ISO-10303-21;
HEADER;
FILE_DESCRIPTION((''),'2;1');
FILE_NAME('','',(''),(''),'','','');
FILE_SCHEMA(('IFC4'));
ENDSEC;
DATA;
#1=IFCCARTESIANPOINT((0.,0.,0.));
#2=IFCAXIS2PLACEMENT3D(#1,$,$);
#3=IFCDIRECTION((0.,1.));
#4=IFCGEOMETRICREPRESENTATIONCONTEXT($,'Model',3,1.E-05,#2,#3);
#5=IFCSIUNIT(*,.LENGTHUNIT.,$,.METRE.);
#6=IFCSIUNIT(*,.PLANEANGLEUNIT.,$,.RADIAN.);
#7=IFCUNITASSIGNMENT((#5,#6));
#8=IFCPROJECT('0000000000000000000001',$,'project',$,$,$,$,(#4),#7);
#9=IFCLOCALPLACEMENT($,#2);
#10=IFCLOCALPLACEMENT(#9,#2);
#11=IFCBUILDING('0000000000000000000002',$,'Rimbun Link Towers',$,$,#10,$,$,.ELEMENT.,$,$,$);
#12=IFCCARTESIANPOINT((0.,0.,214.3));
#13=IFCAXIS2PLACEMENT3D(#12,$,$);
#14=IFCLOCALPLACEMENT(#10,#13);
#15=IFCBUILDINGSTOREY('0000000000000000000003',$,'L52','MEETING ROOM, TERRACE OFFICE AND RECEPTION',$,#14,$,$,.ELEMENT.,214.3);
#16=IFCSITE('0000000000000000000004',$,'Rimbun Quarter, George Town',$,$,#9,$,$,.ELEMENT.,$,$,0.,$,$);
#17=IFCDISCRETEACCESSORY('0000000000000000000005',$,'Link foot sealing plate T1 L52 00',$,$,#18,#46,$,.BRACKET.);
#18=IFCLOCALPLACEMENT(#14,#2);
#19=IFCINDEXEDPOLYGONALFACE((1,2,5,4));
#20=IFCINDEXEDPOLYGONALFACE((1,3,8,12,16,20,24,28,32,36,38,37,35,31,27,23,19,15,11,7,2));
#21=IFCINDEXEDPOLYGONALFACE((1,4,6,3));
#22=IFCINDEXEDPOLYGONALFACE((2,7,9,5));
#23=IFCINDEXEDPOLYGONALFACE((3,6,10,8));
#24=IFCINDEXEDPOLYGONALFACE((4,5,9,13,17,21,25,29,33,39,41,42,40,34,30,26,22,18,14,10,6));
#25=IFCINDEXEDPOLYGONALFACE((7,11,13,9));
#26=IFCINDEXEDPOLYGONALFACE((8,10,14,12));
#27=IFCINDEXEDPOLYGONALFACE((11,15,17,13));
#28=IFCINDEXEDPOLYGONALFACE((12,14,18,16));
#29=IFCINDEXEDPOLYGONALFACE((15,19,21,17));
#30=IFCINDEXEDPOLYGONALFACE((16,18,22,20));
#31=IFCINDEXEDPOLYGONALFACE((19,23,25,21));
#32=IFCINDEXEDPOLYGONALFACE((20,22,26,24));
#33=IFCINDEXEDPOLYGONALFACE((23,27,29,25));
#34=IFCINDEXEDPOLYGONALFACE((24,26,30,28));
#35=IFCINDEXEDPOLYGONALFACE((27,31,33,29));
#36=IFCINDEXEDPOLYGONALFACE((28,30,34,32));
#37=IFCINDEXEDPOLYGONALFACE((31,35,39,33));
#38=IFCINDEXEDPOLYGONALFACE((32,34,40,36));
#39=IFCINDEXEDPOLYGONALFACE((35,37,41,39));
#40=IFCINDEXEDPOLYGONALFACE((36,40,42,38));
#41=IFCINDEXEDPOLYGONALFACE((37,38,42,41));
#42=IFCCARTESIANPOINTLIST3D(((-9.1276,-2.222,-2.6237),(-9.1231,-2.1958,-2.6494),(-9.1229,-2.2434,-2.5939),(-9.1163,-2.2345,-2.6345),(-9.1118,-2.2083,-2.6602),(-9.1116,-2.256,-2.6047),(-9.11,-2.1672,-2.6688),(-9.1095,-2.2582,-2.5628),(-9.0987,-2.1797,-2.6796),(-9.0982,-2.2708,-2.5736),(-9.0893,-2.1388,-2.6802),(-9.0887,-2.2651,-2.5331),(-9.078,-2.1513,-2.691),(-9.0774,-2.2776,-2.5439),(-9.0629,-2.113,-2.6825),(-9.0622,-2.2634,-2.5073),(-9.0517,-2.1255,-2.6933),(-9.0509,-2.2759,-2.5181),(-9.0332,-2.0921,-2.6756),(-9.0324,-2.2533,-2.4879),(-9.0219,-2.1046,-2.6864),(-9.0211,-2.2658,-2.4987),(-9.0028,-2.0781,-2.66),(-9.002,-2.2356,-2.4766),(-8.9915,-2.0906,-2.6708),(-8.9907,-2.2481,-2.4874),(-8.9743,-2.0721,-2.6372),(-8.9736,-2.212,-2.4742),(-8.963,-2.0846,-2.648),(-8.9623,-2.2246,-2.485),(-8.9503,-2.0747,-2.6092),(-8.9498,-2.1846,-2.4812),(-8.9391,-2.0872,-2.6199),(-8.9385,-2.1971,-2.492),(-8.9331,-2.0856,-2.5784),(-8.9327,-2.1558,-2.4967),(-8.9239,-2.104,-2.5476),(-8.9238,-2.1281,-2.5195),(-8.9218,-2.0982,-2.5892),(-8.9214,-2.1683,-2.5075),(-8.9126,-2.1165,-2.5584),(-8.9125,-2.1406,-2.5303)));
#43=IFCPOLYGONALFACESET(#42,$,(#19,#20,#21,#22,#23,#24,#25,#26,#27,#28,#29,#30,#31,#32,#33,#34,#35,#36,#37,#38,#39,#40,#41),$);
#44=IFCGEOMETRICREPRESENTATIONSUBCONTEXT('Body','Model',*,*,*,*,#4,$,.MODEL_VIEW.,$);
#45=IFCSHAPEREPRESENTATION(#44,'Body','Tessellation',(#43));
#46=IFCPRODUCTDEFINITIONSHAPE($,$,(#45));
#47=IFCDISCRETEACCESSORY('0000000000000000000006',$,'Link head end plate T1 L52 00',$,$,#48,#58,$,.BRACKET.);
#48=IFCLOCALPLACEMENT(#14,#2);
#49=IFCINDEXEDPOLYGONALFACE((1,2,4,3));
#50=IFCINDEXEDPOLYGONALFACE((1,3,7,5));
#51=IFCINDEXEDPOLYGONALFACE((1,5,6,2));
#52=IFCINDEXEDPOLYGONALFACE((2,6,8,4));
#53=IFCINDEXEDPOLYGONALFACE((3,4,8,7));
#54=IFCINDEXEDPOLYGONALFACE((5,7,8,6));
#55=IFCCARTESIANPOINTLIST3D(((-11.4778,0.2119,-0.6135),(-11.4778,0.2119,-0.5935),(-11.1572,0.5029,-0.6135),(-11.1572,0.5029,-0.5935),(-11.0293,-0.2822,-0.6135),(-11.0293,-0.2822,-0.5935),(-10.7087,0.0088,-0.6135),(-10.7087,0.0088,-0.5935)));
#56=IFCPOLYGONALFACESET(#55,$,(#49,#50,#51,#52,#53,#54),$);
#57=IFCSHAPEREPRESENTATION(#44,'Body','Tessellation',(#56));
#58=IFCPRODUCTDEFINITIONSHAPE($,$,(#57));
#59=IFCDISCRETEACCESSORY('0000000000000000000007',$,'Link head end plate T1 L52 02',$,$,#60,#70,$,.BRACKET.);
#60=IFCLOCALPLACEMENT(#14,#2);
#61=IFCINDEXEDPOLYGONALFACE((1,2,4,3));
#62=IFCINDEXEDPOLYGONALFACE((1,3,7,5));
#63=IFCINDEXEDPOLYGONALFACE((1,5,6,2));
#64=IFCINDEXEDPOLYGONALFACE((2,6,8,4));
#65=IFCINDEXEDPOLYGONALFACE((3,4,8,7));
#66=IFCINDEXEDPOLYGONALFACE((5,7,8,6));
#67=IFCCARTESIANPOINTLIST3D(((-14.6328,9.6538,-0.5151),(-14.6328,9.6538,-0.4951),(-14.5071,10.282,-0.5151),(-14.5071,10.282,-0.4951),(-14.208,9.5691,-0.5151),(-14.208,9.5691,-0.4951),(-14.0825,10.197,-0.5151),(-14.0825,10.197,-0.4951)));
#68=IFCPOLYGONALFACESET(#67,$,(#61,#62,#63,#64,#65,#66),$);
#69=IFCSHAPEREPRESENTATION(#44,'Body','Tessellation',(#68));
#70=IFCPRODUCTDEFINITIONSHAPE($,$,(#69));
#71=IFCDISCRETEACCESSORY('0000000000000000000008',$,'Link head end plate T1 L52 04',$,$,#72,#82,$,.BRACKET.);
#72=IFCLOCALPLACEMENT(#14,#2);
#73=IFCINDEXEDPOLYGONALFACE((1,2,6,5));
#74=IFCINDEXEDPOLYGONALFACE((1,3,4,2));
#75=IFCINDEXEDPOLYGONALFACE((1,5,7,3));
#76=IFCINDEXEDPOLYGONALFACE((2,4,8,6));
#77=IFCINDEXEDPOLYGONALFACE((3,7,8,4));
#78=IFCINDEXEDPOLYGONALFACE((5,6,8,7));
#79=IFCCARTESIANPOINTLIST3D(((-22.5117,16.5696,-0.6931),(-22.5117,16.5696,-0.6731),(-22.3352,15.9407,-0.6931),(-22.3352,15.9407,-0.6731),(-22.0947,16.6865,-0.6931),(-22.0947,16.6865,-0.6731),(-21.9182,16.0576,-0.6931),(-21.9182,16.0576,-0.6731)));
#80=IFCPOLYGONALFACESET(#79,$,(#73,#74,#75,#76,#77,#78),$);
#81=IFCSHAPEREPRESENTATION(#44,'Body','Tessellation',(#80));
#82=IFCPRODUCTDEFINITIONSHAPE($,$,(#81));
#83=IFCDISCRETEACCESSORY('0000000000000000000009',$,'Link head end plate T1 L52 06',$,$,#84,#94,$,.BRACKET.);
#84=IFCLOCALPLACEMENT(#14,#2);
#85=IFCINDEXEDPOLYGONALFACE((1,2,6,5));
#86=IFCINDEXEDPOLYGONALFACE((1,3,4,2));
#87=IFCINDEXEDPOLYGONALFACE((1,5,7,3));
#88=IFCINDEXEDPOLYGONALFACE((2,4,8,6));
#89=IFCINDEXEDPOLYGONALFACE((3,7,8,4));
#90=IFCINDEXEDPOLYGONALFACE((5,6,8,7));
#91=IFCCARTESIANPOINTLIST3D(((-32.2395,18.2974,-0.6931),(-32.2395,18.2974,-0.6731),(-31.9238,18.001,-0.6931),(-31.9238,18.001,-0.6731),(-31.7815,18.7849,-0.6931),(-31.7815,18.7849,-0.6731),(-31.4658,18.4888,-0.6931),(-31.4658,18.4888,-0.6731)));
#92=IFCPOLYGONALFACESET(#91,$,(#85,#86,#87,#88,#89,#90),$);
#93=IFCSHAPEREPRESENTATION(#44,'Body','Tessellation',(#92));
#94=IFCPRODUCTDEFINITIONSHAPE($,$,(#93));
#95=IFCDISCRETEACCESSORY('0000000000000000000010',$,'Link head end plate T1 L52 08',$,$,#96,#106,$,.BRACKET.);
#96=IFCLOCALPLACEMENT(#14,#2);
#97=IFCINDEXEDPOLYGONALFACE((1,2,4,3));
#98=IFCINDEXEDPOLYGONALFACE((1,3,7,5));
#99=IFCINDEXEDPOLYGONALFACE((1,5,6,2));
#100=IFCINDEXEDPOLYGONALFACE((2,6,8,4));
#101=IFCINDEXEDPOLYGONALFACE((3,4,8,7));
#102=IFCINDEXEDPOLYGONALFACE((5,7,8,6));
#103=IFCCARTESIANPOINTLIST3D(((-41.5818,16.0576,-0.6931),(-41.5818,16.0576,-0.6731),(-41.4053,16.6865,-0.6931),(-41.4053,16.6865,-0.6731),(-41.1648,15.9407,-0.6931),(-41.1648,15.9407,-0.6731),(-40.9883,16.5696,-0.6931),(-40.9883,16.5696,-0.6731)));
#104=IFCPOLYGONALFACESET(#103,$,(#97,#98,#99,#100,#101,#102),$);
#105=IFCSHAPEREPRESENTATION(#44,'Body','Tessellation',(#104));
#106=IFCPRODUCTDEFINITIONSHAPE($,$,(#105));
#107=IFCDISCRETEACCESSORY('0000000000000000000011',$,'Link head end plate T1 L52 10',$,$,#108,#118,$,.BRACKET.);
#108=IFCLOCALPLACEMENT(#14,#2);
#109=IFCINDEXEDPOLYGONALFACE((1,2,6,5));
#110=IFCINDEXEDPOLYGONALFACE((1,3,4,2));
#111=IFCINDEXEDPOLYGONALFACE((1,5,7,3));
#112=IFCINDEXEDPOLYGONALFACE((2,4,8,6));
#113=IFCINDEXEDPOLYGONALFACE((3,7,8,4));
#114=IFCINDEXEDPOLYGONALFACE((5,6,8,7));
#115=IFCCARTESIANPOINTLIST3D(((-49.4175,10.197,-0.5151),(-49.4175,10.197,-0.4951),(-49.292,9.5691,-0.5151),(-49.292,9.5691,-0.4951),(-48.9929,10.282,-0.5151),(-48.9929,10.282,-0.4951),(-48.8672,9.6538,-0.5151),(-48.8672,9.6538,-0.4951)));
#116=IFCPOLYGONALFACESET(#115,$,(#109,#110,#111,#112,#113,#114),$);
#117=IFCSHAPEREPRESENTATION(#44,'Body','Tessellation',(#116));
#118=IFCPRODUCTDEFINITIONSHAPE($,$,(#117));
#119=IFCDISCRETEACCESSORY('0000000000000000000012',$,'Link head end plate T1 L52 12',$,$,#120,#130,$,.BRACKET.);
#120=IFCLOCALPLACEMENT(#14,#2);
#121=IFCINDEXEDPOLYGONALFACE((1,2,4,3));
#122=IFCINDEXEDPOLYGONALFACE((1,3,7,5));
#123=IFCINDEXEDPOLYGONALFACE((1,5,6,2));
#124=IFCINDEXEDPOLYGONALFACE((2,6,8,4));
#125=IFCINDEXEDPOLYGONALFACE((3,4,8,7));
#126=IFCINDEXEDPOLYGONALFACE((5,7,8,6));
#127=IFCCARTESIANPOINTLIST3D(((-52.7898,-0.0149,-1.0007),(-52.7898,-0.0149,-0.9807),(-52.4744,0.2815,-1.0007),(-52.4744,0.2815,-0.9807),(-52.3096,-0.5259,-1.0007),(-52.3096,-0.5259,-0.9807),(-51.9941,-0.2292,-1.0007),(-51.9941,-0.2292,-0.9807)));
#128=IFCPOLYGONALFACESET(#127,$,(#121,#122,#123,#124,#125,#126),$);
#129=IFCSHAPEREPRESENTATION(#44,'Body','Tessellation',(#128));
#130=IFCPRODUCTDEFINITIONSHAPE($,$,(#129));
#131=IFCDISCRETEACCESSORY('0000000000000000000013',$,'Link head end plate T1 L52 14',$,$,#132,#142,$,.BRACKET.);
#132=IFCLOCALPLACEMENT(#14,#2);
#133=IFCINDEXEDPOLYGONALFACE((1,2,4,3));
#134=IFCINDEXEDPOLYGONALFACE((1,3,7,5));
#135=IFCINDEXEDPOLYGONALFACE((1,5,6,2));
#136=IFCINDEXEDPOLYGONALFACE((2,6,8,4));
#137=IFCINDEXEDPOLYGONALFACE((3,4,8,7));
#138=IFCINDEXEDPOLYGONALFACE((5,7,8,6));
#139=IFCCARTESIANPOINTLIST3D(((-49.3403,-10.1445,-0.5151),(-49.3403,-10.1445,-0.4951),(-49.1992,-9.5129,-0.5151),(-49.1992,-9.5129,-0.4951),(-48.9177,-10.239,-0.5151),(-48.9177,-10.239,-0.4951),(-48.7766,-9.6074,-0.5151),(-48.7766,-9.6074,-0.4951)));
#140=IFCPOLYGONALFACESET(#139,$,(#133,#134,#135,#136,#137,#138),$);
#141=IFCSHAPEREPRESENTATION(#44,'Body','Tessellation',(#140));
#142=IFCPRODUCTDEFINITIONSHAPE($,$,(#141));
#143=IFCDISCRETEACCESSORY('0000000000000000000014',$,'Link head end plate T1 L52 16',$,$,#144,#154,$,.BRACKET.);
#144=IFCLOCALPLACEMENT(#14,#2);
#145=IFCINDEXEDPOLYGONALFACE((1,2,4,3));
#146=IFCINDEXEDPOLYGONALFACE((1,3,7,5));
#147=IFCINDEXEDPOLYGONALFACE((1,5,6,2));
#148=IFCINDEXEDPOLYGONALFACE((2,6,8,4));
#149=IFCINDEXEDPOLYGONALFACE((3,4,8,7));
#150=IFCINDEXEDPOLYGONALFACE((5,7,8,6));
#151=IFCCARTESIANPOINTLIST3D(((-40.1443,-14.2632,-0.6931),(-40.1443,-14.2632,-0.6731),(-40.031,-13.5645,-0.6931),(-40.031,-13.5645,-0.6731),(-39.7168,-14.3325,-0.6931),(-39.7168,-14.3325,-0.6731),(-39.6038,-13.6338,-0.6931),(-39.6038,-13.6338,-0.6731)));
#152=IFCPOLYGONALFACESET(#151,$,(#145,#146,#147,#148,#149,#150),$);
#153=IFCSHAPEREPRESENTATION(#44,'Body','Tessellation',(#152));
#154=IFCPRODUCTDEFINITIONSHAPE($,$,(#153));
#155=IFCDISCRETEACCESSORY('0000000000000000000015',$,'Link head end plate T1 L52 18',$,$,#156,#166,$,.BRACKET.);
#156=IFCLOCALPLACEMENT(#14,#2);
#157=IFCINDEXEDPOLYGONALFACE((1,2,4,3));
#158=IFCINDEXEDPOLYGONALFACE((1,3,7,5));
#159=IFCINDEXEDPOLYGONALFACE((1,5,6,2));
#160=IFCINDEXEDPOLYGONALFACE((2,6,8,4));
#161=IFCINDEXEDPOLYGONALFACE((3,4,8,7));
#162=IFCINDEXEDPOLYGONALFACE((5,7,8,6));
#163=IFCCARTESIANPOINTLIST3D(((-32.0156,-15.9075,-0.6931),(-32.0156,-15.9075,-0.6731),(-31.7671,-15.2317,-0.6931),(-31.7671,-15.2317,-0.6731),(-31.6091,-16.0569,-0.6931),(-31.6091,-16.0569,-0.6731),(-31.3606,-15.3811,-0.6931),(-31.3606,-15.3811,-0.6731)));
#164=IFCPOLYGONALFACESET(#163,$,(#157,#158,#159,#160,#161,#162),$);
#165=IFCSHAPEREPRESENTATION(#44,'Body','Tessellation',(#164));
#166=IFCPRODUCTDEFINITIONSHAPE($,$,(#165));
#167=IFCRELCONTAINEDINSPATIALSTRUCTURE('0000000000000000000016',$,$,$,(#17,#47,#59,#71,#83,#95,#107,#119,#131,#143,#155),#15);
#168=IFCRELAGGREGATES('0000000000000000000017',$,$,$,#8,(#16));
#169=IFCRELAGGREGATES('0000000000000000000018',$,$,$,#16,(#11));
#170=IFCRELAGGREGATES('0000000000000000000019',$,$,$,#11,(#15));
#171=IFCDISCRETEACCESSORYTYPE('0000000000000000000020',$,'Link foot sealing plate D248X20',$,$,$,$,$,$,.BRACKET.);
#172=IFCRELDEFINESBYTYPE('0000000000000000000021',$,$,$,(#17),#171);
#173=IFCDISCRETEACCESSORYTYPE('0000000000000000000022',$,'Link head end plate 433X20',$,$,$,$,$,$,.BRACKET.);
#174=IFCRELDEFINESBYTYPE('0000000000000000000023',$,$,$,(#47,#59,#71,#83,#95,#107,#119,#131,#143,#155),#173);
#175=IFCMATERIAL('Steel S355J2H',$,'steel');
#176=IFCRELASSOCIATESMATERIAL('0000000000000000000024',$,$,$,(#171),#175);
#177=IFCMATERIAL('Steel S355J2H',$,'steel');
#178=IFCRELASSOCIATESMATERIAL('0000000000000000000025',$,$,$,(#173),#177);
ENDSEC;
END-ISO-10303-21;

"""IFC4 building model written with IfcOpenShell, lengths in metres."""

from ifc_helpers import new_model, si_unit, direction, frame, origin, origin_2d, place, context, subcontext, project, spatial, polyline, rectangle, circle, outline, extrude, material, material_profile, profile_set, type_object, element, save


model = new_model("IFC4")

# Units and contexts
model_context = context("Model", 3, precision=1e-05, world=origin(), true_north=direction((0.0, 1.0)))
body_context = subcontext(model_context, "Body", "Model", "MODEL_VIEW")
ifc_project = project(units=[si_unit("LENGTHUNIT", "METRE"), si_unit("PLANEANGLEUNIT", "RADIAN")], contexts=[model_context])

# Site, building, storey
site_placement = place(None, origin())
site = spatial("IfcSite", under=ifc_project, at=site_placement, Name="Rimbun Quarter, George Town", CompositionType="ELEMENT", RefElevation=0.0)
building_placement = place(site_placement, origin())
building = spatial("IfcBuilding", under=site, at=building_placement, Name="Rimbun Link Towers", CompositionType="ELEMENT")
storey_placement = place(building_placement, frame((0.0, 0.0, 214.3)))
storey = spatial("IfcBuildingStorey", under=building, at=storey_placement, Name="L52", Description="MEETING ROOM, TERRACE OFFICE AND RECEPTION", CompositionType="ELEMENT", Elevation=214.3)

# Discrete accessories
ifc_material_1 = material(Name="Steel S355J2H", Category="steel")
ifc_material_profile_1 = material_profile(ifc_material_1, circle(Radius=0.124, at=origin_2d()), Name="PL D248")
ifc_profile_set_1 = profile_set([ifc_material_profile_1], Name="Steel S355J2H")
discrete_accessory_type_1 = type_object("IfcDiscreteAccessoryType", Name="Link foot sealing plate D248X20", PredefinedType="BRACKET", material=ifc_profile_set_1)
discrete_accessory_1_placement = place(storey_placement, frame((-9.0251, -2.1687, -2.5784), z_axis=(0.563961, -0.625261, -0.539441), x_axis=(0.74257, 0.669769, 0.0)))
element("IfcDiscreteAccessory", 1, at=discrete_accessory_1_placement, inside=storey, type_object=discrete_accessory_type_1, Name="Link foot sealing plate T1 L52 00", PredefinedType="BRACKET", context=body_context, shape_type="SweptSolid", body=[
    extrude(circle(Radius=0.124, at=origin_2d()), origin(), (0.0, 0.0, 1.0), 0.02),
])
ifc_material_2 = material(Name="Steel S355J2H", Category="steel")
ifc_material_profile_2 = material_profile(ifc_material_2, rectangle(XDim=0.4331, YDim=0.4331, at=origin_2d()), Name="PL 433x433")
ifc_profile_set_2 = profile_set([ifc_material_profile_2], Name="Steel S355J2H")
discrete_accessory_type_2 = type_object("IfcDiscreteAccessoryType", Name="Link head end plate 433X20", PredefinedType="BRACKET", material=ifc_profile_set_2)
discrete_accessory_2_placement = place(storey_placement, frame((0.0, 0.0, -0.6135)))
element("IfcDiscreteAccessory", 2, at=discrete_accessory_2_placement, inside=storey, type_object=discrete_accessory_type_2, Name="Link head end plate T1 L52 00", PredefinedType="BRACKET", context=body_context, shape_type="SweptSolid", body=[
    extrude(outline(polyline([(-11.4778, 0.2119), (-11.0293, -0.2822), (-10.7087, 0.0088), (-11.1572, 0.5029), (-11.4778, 0.2119)])), origin(), (0.0, 0.0, 1.0), 0.02),
])
discrete_accessory_3_placement = place(storey_placement, frame((0.0, 0.0, -0.5151)))
element("IfcDiscreteAccessory", 3, at=discrete_accessory_3_placement, inside=storey, type_object=discrete_accessory_type_2, Name="Link head end plate T1 L52 02", PredefinedType="BRACKET", context=body_context, shape_type="SweptSolid", body=[
    extrude(outline(polyline([(-14.208, 9.5691), (-14.0825, 10.197), (-14.5071, 10.282), (-14.6328, 9.6538), (-14.208, 9.5691)])), origin(), (0.0, 0.0, 1.0), 0.02),
])
discrete_accessory_4_placement = place(storey_placement, frame((0.0, 0.0, -0.6931)))
element("IfcDiscreteAccessory", 4, at=discrete_accessory_4_placement, inside=storey, type_object=discrete_accessory_type_2, Name="Link head end plate T1 L52 04", PredefinedType="BRACKET", context=body_context, shape_type="SweptSolid", body=[
    extrude(outline(polyline([(-21.9182, 16.0576), (-22.0947, 16.6865), (-22.5117, 16.5696), (-22.3352, 15.9407), (-21.9182, 16.0576)])), origin(), (0.0, 0.0, 1.0), 0.02),
])
discrete_accessory_5_placement = place(storey_placement, frame((0.0, 0.0, -0.6931)))
element("IfcDiscreteAccessory", 5, at=discrete_accessory_5_placement, inside=storey, type_object=discrete_accessory_type_2, Name="Link head end plate T1 L52 06", PredefinedType="BRACKET", context=body_context, shape_type="SweptSolid", body=[
    extrude(outline(polyline([(-31.9238, 18.001), (-31.4658, 18.4888), (-31.7815, 18.7849), (-32.2395, 18.2974), (-31.9238, 18.001)])), origin(), (0.0, 0.0, 1.0), 0.02),
])
discrete_accessory_6_placement = place(storey_placement, frame((0.0, 0.0, -0.6931)))
element("IfcDiscreteAccessory", 6, at=discrete_accessory_6_placement, inside=storey, type_object=discrete_accessory_type_2, Name="Link head end plate T1 L52 08", PredefinedType="BRACKET", context=body_context, shape_type="SweptSolid", body=[
    extrude(outline(polyline([(-41.1648, 15.9407), (-40.9883, 16.5696), (-41.4053, 16.6865), (-41.5818, 16.0576), (-41.1648, 15.9407)])), origin(), (0.0, 0.0, 1.0), 0.02),
])
discrete_accessory_7_placement = place(storey_placement, frame((0.0, 0.0, -0.5151)))
element("IfcDiscreteAccessory", 7, at=discrete_accessory_7_placement, inside=storey, type_object=discrete_accessory_type_2, Name="Link head end plate T1 L52 10", PredefinedType="BRACKET", context=body_context, shape_type="SweptSolid", body=[
    extrude(outline(polyline([(-48.8672, 9.6538), (-48.9929, 10.282), (-49.4175, 10.197), (-49.292, 9.5691), (-48.8672, 9.6538)])), origin(), (0.0, 0.0, 1.0), 0.02),
])
discrete_accessory_8_placement = place(storey_placement, frame((0.0, 0.0, -1.0007)))
element("IfcDiscreteAccessory", 8, at=discrete_accessory_8_placement, inside=storey, type_object=discrete_accessory_type_2, Name="Link head end plate T1 L52 12", PredefinedType="BRACKET", context=body_context, shape_type="SweptSolid", body=[
    extrude(outline(polyline([(-51.9941, -0.2292), (-52.4744, 0.2815), (-52.7898, -0.0149), (-52.3096, -0.5259), (-51.9941, -0.2292)])), origin(), (0.0, 0.0, 1.0), 0.02),
])
discrete_accessory_9_placement = place(storey_placement, frame((0.0, 0.0, -0.5151)))
element("IfcDiscreteAccessory", 9, at=discrete_accessory_9_placement, inside=storey, type_object=discrete_accessory_type_2, Name="Link head end plate T1 L52 14", PredefinedType="BRACKET", context=body_context, shape_type="SweptSolid", body=[
    extrude(outline(polyline([(-49.1992, -9.5129), (-49.3403, -10.1445), (-48.9177, -10.239), (-48.7766, -9.6074), (-49.1992, -9.5129)])), origin(), (0.0, 0.0, 1.0), 0.02),
])
discrete_accessory_10_placement = place(storey_placement, frame((0.0, 0.0, -0.6931)))
element("IfcDiscreteAccessory", 10, at=discrete_accessory_10_placement, inside=storey, type_object=discrete_accessory_type_2, Name="Link head end plate T1 L52 16", PredefinedType="BRACKET", context=body_context, shape_type="SweptSolid", body=[
    extrude(outline(polyline([(-40.031, -13.5645), (-40.1443, -14.2632), (-39.7168, -14.3325), (-39.6038, -13.6338), (-40.031, -13.5645)])), origin(), (0.0, 0.0, 1.0), 0.02),
])
discrete_accessory_11_placement = place(storey_placement, frame((0.0, 0.0, -0.6931)))
element("IfcDiscreteAccessory", 11, at=discrete_accessory_11_placement, inside=storey, type_object=discrete_accessory_type_2, Name="Link head end plate T1 L52 18", PredefinedType="BRACKET", context=body_context, shape_type="SweptSolid", body=[
    extrude(outline(polyline([(-31.7671, -15.2317), (-32.0156, -15.9075), (-31.6091, -16.0569), (-31.3606, -15.3811), (-31.7671, -15.2317)])), origin(), (0.0, 0.0, 1.0), 0.02),
])

save(model, "model.ifc")
